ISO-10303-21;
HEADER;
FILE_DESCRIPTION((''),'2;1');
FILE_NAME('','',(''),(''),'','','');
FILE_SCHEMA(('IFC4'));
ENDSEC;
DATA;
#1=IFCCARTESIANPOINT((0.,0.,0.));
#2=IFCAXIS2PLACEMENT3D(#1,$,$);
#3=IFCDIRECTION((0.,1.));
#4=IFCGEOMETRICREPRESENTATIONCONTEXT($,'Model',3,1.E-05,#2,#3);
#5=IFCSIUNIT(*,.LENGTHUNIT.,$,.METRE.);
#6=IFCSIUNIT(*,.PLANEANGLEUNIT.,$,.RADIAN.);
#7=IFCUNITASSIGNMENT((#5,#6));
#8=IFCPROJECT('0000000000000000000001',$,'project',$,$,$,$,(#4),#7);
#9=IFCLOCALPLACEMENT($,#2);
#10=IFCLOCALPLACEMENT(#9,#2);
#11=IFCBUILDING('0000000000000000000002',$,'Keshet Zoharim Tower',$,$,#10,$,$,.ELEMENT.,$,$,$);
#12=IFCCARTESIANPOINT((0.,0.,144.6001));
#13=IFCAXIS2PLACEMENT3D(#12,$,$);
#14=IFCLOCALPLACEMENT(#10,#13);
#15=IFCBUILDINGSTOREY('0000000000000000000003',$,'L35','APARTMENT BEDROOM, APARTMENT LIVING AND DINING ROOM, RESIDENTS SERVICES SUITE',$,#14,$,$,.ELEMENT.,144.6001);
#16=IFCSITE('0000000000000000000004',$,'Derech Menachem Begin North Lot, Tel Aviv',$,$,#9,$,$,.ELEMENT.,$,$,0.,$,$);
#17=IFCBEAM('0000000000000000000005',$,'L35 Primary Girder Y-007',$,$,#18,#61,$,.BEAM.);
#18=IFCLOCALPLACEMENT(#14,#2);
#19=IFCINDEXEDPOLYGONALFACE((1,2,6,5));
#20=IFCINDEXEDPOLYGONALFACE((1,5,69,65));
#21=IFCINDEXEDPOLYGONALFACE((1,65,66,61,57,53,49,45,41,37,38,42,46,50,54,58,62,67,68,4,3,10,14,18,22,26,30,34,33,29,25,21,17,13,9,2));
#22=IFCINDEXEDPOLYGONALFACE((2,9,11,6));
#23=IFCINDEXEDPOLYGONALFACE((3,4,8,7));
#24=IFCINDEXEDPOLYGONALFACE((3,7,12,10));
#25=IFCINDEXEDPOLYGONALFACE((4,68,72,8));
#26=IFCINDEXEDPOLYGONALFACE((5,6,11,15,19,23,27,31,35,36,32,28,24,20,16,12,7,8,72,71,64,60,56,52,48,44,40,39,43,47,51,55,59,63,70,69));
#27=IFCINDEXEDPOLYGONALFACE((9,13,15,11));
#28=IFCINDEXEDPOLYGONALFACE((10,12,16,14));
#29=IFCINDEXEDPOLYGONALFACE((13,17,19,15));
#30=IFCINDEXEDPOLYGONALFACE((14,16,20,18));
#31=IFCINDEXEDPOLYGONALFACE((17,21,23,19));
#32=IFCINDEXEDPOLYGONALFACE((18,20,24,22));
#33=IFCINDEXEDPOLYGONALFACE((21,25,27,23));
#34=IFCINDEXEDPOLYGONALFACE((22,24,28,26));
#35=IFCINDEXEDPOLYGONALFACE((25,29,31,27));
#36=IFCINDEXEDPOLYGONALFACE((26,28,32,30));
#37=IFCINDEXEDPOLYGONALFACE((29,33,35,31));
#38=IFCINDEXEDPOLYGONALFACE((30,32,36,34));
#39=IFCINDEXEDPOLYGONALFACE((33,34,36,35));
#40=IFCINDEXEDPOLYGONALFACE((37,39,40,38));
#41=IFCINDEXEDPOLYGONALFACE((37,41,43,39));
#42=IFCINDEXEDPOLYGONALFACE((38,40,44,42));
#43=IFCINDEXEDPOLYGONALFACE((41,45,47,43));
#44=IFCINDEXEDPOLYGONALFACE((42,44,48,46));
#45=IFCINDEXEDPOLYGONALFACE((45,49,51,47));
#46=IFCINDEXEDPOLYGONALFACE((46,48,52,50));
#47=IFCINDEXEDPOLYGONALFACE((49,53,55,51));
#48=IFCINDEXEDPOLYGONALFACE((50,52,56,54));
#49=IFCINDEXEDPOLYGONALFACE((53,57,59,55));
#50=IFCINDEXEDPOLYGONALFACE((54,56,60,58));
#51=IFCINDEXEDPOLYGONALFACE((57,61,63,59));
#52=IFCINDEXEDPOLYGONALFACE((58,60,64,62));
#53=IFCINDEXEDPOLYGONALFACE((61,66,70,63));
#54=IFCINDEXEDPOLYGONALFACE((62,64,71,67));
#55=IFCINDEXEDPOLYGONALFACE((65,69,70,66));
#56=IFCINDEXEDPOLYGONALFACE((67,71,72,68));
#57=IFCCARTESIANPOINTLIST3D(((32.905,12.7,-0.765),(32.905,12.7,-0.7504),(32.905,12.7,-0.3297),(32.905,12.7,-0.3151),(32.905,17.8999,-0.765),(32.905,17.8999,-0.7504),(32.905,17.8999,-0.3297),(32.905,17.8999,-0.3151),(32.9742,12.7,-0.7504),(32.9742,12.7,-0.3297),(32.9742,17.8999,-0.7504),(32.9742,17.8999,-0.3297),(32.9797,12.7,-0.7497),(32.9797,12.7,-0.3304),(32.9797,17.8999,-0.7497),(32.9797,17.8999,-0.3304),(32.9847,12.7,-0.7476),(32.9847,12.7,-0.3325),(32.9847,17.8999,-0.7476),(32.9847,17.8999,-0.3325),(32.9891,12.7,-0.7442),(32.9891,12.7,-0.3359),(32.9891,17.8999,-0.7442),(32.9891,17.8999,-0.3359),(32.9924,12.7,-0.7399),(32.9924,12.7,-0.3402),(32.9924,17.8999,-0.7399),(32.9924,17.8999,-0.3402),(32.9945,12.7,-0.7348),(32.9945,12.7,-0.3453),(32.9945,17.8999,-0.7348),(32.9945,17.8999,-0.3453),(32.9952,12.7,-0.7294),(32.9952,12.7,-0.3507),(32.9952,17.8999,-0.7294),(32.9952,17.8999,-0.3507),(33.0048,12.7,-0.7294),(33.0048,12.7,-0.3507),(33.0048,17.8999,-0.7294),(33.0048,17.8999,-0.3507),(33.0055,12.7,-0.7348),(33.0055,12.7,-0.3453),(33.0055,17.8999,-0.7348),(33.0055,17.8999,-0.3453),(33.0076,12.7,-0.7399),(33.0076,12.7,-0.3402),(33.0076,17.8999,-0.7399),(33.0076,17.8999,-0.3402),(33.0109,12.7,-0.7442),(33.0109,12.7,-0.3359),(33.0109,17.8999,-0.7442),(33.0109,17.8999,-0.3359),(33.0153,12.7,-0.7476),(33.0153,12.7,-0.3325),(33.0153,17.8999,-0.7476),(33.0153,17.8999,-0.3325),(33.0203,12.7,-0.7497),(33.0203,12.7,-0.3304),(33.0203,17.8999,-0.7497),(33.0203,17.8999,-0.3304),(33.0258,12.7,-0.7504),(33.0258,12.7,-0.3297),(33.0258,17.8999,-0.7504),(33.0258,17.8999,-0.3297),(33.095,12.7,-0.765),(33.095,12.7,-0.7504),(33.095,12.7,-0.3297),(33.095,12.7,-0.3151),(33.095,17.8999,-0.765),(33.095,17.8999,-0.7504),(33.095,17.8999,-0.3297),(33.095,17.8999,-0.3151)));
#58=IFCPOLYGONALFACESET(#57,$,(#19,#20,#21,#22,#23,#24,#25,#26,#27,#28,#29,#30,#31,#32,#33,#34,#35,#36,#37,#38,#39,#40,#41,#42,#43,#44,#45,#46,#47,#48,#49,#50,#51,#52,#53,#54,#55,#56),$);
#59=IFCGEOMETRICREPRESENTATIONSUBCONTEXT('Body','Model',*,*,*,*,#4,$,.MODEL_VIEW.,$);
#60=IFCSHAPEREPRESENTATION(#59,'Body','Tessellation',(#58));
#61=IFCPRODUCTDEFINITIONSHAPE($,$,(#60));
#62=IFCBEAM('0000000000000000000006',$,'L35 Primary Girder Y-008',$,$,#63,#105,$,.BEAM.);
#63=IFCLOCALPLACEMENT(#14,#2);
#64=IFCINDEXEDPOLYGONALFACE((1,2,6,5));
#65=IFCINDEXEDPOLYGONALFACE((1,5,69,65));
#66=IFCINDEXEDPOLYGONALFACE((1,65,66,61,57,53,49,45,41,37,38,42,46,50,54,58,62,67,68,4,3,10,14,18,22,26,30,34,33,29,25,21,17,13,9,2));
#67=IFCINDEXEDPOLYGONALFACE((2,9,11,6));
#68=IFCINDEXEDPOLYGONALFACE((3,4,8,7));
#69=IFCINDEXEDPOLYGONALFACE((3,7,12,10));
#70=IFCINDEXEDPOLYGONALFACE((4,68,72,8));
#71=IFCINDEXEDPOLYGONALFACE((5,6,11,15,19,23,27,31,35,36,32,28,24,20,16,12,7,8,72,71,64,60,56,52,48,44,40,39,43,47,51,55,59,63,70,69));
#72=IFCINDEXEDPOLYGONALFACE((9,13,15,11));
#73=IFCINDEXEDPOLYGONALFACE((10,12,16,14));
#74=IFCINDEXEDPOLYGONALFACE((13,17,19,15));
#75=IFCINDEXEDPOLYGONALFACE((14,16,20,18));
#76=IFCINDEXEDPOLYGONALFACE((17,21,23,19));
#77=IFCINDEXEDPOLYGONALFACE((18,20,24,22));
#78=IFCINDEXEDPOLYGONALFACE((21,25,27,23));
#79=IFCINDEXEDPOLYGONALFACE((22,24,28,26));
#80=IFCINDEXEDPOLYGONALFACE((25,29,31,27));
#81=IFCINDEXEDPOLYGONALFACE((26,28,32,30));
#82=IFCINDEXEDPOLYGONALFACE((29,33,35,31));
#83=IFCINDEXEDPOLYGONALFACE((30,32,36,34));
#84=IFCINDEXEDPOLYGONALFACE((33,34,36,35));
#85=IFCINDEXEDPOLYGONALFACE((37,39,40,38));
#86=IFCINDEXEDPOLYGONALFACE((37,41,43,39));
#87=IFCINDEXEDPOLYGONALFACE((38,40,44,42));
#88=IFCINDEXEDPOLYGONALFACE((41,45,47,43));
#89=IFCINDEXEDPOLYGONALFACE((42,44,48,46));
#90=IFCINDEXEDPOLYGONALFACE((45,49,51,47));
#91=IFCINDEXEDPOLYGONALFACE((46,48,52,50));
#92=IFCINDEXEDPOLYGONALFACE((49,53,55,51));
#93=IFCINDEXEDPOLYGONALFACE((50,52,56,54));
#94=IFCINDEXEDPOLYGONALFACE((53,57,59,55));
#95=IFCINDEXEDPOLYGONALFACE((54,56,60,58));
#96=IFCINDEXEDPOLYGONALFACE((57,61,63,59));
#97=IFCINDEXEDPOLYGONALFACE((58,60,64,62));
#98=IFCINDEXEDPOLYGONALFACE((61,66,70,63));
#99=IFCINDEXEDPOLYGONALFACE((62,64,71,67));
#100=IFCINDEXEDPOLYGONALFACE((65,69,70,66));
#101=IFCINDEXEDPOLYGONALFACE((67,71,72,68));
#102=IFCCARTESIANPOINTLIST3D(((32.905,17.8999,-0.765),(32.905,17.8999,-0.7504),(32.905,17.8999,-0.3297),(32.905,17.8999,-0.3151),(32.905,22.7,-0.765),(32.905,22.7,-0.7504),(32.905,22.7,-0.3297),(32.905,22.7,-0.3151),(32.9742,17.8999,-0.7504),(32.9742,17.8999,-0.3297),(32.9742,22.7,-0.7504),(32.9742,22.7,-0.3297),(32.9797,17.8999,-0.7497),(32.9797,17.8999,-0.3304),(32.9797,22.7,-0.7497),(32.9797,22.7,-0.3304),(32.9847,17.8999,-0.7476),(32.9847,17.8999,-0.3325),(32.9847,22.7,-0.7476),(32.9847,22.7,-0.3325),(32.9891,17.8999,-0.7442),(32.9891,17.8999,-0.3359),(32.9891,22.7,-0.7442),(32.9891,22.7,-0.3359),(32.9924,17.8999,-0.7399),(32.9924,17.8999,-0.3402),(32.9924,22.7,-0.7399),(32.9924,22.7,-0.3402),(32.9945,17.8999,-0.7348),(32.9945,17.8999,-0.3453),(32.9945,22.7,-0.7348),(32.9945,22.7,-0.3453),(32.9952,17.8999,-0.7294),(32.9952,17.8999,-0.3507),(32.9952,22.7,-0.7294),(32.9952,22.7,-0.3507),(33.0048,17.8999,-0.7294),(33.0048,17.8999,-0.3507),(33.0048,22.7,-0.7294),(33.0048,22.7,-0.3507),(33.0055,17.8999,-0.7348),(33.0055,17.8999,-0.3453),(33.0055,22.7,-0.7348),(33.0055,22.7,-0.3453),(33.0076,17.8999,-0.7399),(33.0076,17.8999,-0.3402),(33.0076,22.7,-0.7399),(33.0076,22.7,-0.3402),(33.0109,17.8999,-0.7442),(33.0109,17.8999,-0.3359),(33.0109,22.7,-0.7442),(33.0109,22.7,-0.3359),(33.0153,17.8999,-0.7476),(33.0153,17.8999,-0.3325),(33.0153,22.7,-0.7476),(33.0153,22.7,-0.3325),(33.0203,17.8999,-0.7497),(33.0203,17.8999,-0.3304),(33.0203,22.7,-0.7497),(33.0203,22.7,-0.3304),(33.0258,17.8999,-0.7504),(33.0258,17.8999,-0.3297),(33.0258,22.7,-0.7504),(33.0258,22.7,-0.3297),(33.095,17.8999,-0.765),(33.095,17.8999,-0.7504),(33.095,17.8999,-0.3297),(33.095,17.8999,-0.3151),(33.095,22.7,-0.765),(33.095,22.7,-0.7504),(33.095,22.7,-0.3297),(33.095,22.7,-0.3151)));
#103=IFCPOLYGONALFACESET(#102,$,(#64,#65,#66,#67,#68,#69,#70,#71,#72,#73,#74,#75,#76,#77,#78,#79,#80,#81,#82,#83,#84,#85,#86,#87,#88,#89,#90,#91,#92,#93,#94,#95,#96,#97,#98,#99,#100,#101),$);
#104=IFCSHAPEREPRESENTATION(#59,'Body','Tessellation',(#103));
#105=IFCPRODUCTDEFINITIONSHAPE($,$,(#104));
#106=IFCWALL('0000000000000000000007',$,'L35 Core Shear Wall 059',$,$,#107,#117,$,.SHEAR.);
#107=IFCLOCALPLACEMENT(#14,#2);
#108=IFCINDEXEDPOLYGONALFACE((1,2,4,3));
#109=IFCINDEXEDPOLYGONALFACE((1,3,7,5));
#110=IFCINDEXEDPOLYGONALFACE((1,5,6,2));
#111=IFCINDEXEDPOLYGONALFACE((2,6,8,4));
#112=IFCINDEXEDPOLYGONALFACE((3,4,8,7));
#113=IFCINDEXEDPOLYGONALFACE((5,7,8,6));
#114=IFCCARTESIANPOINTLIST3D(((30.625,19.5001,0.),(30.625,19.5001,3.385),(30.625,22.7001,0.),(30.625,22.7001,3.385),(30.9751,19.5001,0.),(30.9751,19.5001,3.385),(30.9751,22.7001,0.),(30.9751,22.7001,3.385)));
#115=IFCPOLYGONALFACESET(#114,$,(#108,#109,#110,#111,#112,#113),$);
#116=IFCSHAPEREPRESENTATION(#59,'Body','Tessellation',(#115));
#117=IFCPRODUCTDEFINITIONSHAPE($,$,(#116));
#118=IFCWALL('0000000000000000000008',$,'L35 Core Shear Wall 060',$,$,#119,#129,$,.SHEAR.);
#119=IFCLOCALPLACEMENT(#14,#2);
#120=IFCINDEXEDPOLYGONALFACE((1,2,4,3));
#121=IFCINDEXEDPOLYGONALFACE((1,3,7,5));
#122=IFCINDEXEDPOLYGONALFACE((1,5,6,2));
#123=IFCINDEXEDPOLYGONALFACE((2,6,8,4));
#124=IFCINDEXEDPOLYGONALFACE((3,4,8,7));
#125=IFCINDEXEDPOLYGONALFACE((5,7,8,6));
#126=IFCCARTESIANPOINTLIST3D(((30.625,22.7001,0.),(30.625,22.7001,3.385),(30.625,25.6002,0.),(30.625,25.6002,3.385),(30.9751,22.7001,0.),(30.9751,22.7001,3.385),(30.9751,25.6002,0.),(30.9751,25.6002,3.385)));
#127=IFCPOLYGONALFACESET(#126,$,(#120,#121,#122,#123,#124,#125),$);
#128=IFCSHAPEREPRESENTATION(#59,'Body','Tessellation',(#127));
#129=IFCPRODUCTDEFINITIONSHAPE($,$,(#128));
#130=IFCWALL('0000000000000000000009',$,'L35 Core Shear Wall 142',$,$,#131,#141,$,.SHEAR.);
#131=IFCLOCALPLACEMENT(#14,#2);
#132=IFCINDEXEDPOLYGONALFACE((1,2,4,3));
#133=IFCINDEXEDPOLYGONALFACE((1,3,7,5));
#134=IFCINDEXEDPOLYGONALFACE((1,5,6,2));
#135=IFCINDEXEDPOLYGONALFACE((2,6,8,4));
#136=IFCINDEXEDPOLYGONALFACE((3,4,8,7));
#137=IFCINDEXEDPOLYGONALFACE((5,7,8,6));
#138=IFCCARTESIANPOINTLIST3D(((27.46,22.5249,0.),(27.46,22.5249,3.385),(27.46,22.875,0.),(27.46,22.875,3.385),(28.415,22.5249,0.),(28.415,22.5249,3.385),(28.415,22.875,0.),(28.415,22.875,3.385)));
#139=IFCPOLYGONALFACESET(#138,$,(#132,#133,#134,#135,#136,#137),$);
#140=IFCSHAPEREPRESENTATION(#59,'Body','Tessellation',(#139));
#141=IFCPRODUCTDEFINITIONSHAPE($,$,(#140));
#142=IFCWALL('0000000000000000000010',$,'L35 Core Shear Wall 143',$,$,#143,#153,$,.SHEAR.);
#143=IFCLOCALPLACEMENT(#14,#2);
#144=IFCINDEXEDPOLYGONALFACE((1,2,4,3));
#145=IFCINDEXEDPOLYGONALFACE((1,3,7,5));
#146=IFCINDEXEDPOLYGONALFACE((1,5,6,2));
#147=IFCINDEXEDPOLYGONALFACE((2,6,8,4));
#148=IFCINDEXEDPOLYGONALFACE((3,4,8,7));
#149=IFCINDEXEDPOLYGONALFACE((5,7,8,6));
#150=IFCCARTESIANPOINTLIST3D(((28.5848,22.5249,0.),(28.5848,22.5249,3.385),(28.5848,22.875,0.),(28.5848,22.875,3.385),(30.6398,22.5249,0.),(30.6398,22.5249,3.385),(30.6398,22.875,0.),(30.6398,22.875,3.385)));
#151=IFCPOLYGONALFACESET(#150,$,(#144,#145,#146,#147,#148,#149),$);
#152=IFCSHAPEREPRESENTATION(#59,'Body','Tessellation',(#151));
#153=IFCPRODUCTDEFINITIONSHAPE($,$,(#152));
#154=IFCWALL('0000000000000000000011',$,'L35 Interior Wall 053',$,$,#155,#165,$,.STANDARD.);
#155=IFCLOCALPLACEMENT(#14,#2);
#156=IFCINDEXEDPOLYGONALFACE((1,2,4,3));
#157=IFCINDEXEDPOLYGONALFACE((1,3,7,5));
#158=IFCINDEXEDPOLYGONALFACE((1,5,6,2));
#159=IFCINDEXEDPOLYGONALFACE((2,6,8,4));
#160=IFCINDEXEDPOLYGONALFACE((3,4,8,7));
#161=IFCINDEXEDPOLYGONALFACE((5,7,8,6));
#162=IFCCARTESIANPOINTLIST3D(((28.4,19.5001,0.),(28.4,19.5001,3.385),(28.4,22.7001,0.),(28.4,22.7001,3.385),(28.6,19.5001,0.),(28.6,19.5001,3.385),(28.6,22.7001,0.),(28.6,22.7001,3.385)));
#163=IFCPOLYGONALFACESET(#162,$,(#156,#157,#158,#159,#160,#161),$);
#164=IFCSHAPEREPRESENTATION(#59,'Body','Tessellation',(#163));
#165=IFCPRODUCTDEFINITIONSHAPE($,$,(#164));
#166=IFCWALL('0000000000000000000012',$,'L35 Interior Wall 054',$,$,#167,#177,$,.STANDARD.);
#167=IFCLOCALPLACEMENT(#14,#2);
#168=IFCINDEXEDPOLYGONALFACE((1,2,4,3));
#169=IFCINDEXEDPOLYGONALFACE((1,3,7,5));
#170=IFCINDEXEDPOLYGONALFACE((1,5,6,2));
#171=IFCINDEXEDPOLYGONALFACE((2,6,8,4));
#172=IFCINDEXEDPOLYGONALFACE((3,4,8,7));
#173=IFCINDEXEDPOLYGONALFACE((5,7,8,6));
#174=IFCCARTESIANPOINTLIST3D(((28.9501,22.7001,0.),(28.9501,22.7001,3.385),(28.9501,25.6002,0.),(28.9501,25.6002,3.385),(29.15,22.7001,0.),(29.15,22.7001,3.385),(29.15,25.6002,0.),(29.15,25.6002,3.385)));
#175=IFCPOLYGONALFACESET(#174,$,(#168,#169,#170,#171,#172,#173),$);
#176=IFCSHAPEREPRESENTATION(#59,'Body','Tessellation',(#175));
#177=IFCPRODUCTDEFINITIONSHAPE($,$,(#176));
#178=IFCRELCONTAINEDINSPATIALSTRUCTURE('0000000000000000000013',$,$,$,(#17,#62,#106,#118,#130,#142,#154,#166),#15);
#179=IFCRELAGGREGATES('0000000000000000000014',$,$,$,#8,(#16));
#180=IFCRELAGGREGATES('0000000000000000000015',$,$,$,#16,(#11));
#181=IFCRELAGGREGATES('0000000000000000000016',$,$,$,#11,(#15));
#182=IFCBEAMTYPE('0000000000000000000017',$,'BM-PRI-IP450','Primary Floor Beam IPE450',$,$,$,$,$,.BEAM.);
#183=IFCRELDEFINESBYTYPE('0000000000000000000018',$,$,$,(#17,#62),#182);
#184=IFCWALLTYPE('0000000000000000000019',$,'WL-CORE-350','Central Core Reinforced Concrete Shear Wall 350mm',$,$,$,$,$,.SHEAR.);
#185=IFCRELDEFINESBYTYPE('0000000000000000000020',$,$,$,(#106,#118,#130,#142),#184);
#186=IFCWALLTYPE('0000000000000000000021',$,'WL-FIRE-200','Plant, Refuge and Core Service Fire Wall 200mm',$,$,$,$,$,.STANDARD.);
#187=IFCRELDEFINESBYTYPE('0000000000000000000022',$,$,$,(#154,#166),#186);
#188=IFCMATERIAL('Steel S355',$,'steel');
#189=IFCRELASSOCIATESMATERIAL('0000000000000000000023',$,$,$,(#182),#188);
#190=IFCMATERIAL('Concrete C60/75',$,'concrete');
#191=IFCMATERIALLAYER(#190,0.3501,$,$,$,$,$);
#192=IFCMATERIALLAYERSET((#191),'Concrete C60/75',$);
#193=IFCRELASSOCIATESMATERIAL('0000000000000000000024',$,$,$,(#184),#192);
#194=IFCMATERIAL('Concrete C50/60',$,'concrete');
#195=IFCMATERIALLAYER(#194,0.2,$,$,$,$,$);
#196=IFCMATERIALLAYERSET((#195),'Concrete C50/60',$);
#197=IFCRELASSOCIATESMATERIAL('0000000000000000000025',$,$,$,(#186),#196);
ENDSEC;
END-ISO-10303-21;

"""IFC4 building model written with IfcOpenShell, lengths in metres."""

from ifc_helpers import new_model, si_unit, direction, frame, frame_2d, origin, origin_2d, place, context, subcontext, project, spatial, rectangle, i_section, extrude, material, layer, layer_set, material_profile, profile_set, type_object, element, save


model = new_model("IFC4")

# Units and contexts
model_context = context("Model", 3, precision=1e-05, world=origin(), true_north=direction((0.0, 1.0)))
body_context = subcontext(model_context, "Body", "Model", "MODEL_VIEW")
ifc_project = project(units=[si_unit("LENGTHUNIT", "METRE"), si_unit("PLANEANGLEUNIT", "RADIAN")], contexts=[model_context])

# Site, building, storey
site_placement = place(None, origin())
site = spatial("IfcSite", under=ifc_project, at=site_placement, Name="Derech Menachem Begin North Lot, Tel Aviv", CompositionType="ELEMENT", RefElevation=0.0)
building_placement = place(site_placement, origin())
building = spatial("IfcBuilding", under=site, at=building_placement, Name="Keshet Zoharim Tower", CompositionType="ELEMENT")
storey_placement = place(building_placement, frame((0.0, 0.0, 144.6001)))
storey = spatial("IfcBuildingStorey", under=building, at=storey_placement, Name="L35", Description="APARTMENT BEDROOM, APARTMENT LIVING AND DINING ROOM, RESIDENTS SERVICES SUITE", CompositionType="ELEMENT", Elevation=144.6001)

# Shared definitions
ifc_material_1 = material(Name="Concrete C60/75", Category="concrete")

# Beams
ifc_material_2 = material(Name="Steel S355", Category="steel")
ifc_material_profile_1 = material_profile(ifc_material_2, i_section(OverallWidth=0.1899, OverallDepth=0.45, WebThickness=0.0095, FlangeThickness=0.0146, FilletRadius=0.021, at=origin_2d()), Name="IPE450")
ifc_profile_set_1 = profile_set([ifc_material_profile_1], Name="Steel S355")
beam_type_1 = type_object("IfcBeamType", Name="BM-PRI-IP450", Description="Primary Floor Beam IPE450", PredefinedType="BEAM", material=ifc_profile_set_1)
beam_1_placement = place(storey_placement, frame((33.0, 12.7, -0.54), z_axis=(0.0, 1.0, 0.0), x_axis=(-1.0, 0.0, 0.0)))
element("IfcBeam", 1, at=beam_1_placement, inside=storey, type_object=beam_type_1, Name="L35 Primary Girder Y-007", PredefinedType="BEAM", context=body_context, shape_type="SweptSolid", body=[
    extrude(i_section(OverallWidth=0.1899, OverallDepth=0.45, WebThickness=0.0095, FlangeThickness=0.0146, FilletRadius=0.021, at=origin_2d()), origin(), (0.0, 0.0, 1.0), 5.2),
])
beam_2_placement = place(storey_placement, frame((33.0, 17.8999, -0.54), z_axis=(0.0, 1.0, 0.0), x_axis=(-1.0, 0.0, 0.0)))
element("IfcBeam", 2, at=beam_2_placement, inside=storey, type_object=beam_type_1, Name="L35 Primary Girder Y-008", PredefinedType="BEAM", context=body_context, shape_type="SweptSolid", body=[
    extrude(i_section(OverallWidth=0.1899, OverallDepth=0.45, WebThickness=0.0095, FlangeThickness=0.0146, FilletRadius=0.021, at=origin_2d()), origin(), (0.0, 0.0, 1.0), 4.8),
])

# Walls
ifc_layer_1 = layer(ifc_material_1, 0.3501)
ifc_layer_set_1 = layer_set([ifc_layer_1], Name="Concrete C60/75")
wall_type_1 = type_object("IfcWallType", Name="WL-CORE-350", Description="Central Core Reinforced Concrete Shear Wall 350mm", PredefinedType="SHEAR", material=ifc_layer_set_1)
wall_1_placement = place(storey_placement, frame((30.8, 19.5, 0.0), z_axis=(0.0, 0.0, 1.0), x_axis=(0.0, 1.0, 0.0)))
element("IfcWall", 3, at=wall_1_placement, inside=storey, type_object=wall_type_1, Name="L35 Core Shear Wall 059", PredefinedType="SHEAR", context=body_context, shape_type="SweptSolid", body=[
    extrude(rectangle(XDim=3.2, YDim=0.3501, at=frame_2d((1.6001, 0.0))), origin(), (0.0, 0.0, 1.0), 3.385),
])
wall_2_placement = place(storey_placement, frame((30.8, 22.7, 0.0), z_axis=(0.0, 0.0, 1.0), x_axis=(0.0, 1.0, 0.0)))
element("IfcWall", 4, at=wall_2_placement, inside=storey, type_object=wall_type_1, Name="L35 Core Shear Wall 060", PredefinedType="SHEAR", context=body_context, shape_type="SweptSolid", body=[
    extrude(rectangle(XDim=2.9001, YDim=0.3501, at=frame_2d((1.4502, 0.0))), origin(), (0.0, 0.0, 1.0), 3.385),
])
wall_3_placement = place(storey_placement, frame((27.46, 22.7, 0.0), z_axis=(0.0, 0.0, 1.0), x_axis=(1.0, 0.0, 0.0)))
element("IfcWall", 5, at=wall_3_placement, inside=storey, type_object=wall_type_1, Name="L35 Core Shear Wall 142", PredefinedType="SHEAR", context=body_context, shape_type="SweptSolid", body=[
    extrude(rectangle(XDim=0.9551, YDim=0.3501, at=frame_2d((0.4775, 0.0))), origin(), (0.0, 0.0, 1.0), 3.385),
])
wall_4_placement = place(storey_placement, frame((28.585, 22.7, 0.0), z_axis=(0.0, 0.0, 1.0), x_axis=(1.0, 0.0, 0.0)))
element("IfcWall", 6, at=wall_4_placement, inside=storey, type_object=wall_type_1, Name="L35 Core Shear Wall 143", PredefinedType="SHEAR", context=body_context, shape_type="SweptSolid", body=[
    extrude(rectangle(XDim=2.0549, YDim=0.3501, at=frame_2d((1.0273, 0.0))), origin(), (0.0, 0.0, 1.0), 3.385),
])

# Walls
ifc_material_3 = material(Name="Concrete C50/60", Category="concrete")
ifc_layer_2 = layer(ifc_material_3, 0.2)
ifc_layer_set_2 = layer_set([ifc_layer_2], Name="Concrete C50/60")
wall_type_2 = type_object("IfcWallType", Name="WL-FIRE-200", Description="Plant, Refuge and Core Service Fire Wall 200mm", PredefinedType="STANDARD", material=ifc_layer_set_2)
wall_5_placement = place(storey_placement, frame((28.5, 19.5, 0.0), z_axis=(0.0, 0.0, 1.0), x_axis=(0.0, 1.0, 0.0)))
element("IfcWall", 7, at=wall_5_placement, inside=storey, type_object=wall_type_2, Name="L35 Interior Wall 053", PredefinedType="STANDARD", context=body_context, shape_type="SweptSolid", body=[
    extrude(rectangle(XDim=3.2, YDim=0.2, at=frame_2d((1.6001, 0.0))), origin(), (0.0, 0.0, 1.0), 3.385),
])
wall_6_placement = place(storey_placement, frame((29.05, 22.7, 0.0), z_axis=(0.0, 0.0, 1.0), x_axis=(0.0, 1.0, 0.0)))
element("IfcWall", 8, at=wall_6_placement, inside=storey, type_object=wall_type_2, Name="L35 Interior Wall 054", PredefinedType="STANDARD", context=body_context, shape_type="SweptSolid", body=[
    extrude(rectangle(XDim=2.9001, YDim=0.2, at=frame_2d((1.4502, 0.0))), origin(), (0.0, 0.0, 1.0), 3.385),
])

save(model, "model.ifc")
